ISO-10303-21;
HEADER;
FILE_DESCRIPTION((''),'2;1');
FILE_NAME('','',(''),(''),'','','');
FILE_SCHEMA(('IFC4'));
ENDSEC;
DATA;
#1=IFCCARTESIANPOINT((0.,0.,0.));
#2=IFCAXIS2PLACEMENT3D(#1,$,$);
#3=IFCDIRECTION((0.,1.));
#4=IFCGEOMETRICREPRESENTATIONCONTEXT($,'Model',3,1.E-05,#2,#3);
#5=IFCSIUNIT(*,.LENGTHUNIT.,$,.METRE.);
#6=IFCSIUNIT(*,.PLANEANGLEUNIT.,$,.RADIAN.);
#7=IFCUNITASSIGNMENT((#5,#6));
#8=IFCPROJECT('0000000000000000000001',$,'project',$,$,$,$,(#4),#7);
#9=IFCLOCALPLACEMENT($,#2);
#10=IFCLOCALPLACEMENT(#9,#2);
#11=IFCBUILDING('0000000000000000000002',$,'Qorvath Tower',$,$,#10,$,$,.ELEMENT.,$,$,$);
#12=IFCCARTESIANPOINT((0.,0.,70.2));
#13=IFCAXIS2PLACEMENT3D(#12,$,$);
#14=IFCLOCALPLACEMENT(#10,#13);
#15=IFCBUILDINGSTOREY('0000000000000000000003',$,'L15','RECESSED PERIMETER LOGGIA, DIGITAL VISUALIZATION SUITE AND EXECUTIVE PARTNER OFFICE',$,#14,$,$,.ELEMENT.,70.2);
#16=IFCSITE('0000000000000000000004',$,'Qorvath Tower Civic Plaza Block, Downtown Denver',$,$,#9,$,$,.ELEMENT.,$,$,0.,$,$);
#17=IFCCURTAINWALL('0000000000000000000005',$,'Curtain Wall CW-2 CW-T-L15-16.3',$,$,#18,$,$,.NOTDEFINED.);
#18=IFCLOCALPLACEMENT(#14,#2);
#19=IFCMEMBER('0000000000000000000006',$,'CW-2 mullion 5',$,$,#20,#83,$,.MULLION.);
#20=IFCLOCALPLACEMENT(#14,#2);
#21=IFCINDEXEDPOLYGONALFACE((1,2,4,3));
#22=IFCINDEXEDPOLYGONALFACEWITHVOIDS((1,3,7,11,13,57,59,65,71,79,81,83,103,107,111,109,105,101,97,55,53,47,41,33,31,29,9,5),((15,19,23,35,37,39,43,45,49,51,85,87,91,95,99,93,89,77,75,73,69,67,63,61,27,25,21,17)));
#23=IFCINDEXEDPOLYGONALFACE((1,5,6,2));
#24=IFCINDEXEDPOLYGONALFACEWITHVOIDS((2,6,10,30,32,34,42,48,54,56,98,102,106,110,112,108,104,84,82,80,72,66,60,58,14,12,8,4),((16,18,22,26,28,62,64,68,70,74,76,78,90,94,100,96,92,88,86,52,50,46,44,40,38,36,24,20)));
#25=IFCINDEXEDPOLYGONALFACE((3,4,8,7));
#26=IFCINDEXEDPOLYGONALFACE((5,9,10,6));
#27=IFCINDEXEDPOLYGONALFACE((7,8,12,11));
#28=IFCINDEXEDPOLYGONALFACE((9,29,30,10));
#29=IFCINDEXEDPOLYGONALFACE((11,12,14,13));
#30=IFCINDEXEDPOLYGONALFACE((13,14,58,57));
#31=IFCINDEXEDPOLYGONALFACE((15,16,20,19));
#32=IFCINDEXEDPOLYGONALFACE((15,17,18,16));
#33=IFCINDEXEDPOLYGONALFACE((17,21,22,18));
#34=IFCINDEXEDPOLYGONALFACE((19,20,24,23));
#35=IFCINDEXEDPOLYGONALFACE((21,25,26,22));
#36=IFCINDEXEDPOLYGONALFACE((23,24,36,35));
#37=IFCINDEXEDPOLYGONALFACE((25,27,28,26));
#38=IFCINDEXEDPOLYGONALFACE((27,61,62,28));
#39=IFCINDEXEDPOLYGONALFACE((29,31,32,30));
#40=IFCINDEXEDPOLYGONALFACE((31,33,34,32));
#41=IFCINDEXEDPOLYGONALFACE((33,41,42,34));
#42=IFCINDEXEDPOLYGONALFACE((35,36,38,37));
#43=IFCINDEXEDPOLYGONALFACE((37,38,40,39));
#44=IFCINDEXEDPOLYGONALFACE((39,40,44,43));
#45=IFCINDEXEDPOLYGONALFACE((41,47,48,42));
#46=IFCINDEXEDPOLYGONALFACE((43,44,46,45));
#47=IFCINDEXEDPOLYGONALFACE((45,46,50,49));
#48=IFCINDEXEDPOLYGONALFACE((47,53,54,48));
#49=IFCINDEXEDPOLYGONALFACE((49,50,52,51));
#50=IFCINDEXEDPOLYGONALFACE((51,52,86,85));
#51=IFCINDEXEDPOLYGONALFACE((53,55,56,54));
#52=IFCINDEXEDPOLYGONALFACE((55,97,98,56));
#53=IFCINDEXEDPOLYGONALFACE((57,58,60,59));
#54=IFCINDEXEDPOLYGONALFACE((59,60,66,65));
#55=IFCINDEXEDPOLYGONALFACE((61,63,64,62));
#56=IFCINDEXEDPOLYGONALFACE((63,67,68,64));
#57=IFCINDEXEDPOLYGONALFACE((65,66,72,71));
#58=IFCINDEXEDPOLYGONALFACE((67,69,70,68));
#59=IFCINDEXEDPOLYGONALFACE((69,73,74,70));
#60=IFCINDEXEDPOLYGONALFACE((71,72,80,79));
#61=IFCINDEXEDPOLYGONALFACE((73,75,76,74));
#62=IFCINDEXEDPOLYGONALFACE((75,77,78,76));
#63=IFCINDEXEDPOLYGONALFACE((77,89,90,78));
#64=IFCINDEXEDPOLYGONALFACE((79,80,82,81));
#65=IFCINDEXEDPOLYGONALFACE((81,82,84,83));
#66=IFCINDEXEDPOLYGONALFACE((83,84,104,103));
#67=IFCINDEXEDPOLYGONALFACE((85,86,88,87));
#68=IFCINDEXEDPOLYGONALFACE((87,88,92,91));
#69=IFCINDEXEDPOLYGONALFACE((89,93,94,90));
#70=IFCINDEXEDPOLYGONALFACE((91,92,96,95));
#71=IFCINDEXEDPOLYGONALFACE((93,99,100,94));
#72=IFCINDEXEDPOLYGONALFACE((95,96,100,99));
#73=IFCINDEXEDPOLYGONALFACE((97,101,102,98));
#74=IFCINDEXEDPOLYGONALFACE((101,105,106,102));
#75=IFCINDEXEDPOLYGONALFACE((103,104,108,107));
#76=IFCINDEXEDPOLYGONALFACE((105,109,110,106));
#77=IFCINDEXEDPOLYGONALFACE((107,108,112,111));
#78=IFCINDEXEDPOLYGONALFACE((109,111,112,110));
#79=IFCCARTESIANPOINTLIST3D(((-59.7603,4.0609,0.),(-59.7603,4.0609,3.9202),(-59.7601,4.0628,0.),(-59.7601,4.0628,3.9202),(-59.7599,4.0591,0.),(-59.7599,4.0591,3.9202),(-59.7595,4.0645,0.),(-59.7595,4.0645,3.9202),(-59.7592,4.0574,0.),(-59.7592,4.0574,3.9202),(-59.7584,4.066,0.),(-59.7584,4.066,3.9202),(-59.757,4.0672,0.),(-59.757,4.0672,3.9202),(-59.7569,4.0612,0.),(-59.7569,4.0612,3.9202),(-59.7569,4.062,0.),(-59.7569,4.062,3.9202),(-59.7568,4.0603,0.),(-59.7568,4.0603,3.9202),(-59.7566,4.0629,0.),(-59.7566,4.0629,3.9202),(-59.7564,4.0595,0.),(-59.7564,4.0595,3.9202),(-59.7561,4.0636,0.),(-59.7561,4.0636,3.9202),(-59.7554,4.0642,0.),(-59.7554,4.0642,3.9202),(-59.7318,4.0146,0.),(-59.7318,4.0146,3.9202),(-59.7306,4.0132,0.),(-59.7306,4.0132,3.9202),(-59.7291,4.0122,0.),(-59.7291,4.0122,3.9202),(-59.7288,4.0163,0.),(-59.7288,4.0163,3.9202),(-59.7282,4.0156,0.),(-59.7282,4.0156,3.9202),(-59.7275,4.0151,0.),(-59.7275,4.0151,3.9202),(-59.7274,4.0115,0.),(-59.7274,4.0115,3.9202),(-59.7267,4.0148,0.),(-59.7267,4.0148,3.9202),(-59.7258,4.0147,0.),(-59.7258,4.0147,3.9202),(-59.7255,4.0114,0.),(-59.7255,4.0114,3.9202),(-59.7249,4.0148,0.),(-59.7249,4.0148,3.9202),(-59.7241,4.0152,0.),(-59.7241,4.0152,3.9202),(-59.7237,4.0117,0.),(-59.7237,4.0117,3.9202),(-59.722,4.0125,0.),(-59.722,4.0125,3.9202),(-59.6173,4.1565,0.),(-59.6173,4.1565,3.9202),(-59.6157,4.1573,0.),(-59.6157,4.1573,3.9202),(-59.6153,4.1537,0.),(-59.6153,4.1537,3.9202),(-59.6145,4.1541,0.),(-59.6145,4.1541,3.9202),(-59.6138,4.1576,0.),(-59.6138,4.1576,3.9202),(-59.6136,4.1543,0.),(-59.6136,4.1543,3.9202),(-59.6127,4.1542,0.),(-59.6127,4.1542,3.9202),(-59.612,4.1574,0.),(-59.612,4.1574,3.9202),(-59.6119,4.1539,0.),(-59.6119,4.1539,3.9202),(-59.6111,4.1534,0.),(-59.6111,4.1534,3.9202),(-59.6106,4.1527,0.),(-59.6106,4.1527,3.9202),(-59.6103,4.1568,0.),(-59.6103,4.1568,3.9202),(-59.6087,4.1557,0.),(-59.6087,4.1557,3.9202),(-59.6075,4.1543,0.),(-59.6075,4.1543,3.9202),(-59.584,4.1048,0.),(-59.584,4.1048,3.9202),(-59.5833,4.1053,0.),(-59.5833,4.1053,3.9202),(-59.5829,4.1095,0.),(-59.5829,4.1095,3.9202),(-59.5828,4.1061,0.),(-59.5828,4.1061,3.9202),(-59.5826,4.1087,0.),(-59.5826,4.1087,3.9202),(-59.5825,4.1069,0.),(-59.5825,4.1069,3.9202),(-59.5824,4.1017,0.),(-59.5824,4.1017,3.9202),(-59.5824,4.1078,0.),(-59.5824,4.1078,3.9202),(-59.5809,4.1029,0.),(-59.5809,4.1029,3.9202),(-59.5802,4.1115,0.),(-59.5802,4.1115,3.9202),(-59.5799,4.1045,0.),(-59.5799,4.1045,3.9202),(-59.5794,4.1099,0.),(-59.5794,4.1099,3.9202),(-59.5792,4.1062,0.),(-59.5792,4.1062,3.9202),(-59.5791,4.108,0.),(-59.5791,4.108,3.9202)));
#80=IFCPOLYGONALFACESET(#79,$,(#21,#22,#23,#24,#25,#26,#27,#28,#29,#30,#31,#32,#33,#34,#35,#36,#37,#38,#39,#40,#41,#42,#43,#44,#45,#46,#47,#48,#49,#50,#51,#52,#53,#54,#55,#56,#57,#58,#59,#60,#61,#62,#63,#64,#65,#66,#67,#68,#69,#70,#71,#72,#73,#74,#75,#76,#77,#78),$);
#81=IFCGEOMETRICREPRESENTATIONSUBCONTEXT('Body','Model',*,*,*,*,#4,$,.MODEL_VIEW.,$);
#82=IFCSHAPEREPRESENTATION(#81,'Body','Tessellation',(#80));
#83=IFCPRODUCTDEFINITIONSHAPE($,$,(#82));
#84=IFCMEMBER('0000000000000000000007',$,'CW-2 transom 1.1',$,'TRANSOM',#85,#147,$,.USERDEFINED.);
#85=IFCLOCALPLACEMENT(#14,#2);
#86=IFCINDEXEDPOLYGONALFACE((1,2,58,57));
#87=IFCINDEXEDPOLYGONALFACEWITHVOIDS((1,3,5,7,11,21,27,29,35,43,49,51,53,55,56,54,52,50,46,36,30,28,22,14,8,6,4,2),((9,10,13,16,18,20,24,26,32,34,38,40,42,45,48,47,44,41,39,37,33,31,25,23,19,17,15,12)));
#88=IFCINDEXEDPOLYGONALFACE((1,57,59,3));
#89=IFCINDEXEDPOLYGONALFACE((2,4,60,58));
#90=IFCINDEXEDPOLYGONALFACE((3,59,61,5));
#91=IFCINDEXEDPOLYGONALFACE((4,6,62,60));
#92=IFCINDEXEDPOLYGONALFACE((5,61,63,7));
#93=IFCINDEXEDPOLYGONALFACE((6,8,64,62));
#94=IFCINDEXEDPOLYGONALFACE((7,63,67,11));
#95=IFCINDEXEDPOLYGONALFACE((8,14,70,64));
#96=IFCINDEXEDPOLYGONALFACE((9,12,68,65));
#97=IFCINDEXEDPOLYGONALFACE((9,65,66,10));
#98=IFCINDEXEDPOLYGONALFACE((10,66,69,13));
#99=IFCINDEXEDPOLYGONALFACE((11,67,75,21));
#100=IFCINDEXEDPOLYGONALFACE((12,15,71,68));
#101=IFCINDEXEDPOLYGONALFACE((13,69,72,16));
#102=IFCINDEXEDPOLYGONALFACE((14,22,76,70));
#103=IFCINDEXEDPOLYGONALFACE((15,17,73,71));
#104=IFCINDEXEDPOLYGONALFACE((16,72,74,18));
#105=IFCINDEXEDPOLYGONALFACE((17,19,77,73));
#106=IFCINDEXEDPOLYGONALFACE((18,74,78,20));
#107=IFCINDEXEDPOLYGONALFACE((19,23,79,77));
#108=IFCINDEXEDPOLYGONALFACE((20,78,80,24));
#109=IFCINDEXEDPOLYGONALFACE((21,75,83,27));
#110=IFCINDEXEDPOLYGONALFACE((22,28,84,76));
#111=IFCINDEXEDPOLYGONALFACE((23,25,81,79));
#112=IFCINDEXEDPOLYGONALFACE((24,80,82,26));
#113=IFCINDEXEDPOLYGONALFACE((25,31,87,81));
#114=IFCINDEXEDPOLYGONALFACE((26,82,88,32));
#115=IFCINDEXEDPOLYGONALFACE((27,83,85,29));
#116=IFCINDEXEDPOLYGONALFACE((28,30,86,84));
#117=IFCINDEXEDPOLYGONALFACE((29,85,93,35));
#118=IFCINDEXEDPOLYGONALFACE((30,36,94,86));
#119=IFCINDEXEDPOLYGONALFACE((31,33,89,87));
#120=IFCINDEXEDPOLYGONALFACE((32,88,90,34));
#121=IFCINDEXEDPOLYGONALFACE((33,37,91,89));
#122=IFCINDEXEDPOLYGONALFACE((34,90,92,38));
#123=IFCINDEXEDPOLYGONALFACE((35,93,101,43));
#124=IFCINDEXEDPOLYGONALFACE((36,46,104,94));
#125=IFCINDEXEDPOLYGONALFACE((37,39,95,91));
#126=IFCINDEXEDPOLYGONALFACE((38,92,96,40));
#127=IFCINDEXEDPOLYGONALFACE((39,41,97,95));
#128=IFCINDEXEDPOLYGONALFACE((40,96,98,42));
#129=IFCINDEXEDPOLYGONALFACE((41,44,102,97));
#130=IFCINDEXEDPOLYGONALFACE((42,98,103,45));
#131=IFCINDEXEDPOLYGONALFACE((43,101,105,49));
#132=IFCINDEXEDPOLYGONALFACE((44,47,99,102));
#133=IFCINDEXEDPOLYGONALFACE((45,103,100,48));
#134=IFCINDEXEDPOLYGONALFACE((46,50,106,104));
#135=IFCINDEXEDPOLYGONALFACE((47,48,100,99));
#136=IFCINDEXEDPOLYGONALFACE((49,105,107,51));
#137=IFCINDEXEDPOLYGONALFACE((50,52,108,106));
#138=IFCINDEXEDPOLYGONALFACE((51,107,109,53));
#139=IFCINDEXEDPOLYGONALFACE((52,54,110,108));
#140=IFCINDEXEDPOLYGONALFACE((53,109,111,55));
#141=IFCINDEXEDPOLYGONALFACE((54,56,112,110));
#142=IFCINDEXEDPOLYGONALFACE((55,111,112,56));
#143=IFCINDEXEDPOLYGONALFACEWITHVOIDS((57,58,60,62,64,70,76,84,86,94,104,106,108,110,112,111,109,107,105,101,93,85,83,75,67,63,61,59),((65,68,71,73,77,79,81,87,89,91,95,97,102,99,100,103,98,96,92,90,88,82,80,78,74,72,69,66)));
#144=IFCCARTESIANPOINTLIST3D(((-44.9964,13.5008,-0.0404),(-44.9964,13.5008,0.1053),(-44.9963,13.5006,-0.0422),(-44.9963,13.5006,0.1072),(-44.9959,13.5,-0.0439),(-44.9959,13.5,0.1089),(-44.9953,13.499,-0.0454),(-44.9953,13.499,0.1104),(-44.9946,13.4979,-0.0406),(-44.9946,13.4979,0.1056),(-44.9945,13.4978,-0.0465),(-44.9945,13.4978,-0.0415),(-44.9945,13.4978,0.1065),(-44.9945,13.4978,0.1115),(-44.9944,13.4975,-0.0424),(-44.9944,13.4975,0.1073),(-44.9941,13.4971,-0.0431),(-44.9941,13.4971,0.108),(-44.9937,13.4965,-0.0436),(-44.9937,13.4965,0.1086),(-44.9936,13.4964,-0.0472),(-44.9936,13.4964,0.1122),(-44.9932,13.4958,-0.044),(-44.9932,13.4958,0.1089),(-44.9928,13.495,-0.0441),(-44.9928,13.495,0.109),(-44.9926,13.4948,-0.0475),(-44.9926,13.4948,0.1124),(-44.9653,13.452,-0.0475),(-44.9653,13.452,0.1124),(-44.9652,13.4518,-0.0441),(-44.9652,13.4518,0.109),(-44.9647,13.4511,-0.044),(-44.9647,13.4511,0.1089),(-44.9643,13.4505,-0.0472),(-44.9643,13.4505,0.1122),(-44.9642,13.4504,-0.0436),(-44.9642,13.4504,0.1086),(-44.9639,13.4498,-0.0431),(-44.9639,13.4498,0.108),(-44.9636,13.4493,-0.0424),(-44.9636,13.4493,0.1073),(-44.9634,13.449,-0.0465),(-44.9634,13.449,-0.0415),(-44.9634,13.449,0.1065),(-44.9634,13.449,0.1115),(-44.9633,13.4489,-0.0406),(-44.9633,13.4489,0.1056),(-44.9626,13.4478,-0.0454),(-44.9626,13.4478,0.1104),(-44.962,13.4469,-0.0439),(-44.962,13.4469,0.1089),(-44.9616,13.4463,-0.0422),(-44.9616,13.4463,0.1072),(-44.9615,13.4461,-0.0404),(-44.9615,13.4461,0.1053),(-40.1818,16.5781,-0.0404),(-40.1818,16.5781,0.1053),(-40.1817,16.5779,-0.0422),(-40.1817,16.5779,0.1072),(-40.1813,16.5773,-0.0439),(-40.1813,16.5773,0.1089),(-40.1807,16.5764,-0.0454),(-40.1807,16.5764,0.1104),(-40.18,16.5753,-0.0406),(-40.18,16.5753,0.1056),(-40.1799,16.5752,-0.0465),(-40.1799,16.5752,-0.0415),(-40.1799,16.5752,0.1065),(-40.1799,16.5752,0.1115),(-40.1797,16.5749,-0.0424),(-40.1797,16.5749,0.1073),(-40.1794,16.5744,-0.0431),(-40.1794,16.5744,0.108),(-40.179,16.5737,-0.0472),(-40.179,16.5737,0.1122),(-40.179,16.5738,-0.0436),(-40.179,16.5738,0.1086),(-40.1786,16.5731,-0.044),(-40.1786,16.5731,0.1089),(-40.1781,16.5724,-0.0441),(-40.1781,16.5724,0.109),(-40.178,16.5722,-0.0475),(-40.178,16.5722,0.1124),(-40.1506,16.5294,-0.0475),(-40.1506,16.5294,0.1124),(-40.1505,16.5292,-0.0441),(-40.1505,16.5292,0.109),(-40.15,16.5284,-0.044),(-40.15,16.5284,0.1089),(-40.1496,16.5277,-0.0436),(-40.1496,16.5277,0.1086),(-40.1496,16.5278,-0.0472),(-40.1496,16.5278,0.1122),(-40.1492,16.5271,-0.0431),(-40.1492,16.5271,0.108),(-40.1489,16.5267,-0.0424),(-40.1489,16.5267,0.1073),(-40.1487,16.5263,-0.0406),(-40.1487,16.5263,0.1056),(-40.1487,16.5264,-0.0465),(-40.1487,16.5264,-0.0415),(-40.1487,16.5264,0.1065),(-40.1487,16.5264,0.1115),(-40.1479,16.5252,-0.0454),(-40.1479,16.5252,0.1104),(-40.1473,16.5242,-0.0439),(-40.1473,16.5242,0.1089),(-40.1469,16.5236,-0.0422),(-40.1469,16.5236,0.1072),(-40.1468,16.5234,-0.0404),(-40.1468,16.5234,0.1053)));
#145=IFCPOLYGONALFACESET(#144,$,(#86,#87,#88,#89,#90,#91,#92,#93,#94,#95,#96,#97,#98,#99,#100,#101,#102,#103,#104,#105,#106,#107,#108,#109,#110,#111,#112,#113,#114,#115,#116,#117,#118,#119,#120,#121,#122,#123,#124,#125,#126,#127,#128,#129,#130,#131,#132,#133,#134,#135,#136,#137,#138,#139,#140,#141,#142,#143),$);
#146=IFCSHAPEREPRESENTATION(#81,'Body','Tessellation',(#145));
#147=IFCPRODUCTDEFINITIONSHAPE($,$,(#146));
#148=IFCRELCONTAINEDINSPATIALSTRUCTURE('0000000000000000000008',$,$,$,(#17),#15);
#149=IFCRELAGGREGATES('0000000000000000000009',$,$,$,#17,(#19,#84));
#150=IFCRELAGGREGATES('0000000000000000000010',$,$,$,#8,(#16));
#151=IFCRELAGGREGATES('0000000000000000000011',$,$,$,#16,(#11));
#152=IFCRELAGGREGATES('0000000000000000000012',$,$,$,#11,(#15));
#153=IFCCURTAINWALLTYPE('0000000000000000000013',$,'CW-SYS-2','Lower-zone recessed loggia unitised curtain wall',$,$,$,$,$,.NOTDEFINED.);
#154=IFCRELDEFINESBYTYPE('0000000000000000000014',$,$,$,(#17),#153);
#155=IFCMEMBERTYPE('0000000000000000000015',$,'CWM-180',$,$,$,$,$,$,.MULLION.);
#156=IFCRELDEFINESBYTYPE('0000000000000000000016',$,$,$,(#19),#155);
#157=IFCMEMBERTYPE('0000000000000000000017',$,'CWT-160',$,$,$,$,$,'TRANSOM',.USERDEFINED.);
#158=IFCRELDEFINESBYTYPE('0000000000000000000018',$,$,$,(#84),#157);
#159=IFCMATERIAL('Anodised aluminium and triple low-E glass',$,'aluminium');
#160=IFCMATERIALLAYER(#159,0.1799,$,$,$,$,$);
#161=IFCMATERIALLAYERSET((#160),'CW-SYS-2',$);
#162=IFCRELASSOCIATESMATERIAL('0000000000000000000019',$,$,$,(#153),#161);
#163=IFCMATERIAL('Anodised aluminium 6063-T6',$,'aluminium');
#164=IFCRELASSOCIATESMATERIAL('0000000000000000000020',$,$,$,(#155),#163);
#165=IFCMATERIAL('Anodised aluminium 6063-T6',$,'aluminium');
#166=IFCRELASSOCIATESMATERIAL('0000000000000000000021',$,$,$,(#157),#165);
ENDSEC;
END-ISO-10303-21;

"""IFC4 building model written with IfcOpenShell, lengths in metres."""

from ifc_helpers import new_model, si_unit, direction, frame, origin, origin_2d, place, context, subcontext, project, spatial, hollow_rectangle, extrude, material, layer, layer_set, material_profile, profile_set, type_object, element, aggregate, save


model = new_model("IFC4")

# Units and contexts
model_context = context("Model", 3, precision=1e-05, world=origin(), true_north=direction((0.0, 1.0)))
body_context = subcontext(model_context, "Body", "Model", "MODEL_VIEW")
ifc_project = project(units=[si_unit("LENGTHUNIT", "METRE"), si_unit("PLANEANGLEUNIT", "RADIAN")], contexts=[model_context])

# Site, building, storey
site_placement = place(None, origin())
site = spatial("IfcSite", under=ifc_project, at=site_placement, Name="Qorvath Tower Civic Plaza Block, Downtown Denver", CompositionType="ELEMENT", RefElevation=0.0)
building_placement = place(site_placement, origin())
building = spatial("IfcBuilding", under=site, at=building_placement, Name="Qorvath Tower", CompositionType="ELEMENT")
storey_placement = place(building_placement, frame((0.0, 0.0, 70.2)))
storey = spatial("IfcBuildingStorey", under=building, at=storey_placement, Name="L15", Description="RECESSED PERIMETER LOGGIA, DIGITAL VISUALIZATION SUITE AND EXECUTIVE PARTNER OFFICE", CompositionType="ELEMENT", Elevation=70.2)

# Shared definitions
ifc_material_1 = material(Name="Anodised aluminium and triple low-E glass", Category="aluminium")
ifc_layer_1 = layer(ifc_material_1, 0.1799)
ifc_layer_set_1 = layer_set([ifc_layer_1], Name="CW-SYS-2")
curtain_wall_type = type_object("IfcCurtainWallType", Name="CW-SYS-2", Description="Lower-zone recessed loggia unitised curtain wall", PredefinedType="NOTDEFINED", material=ifc_layer_set_1)
ifc_material_2 = material(Name="Anodised aluminium 6063-T6", Category="aluminium")
ifc_material_profile_1 = material_profile(ifc_material_2, hollow_rectangle(XDim=0.0649, YDim=0.1799, WallThickness=0.0034, InnerFilletRadius=0.0034, OuterFilletRadius=0.0071, at=origin_2d()), Name="CWM 180x65")
ifc_profile_set_1 = profile_set([ifc_material_profile_1], Name="Anodised aluminium 6063-T6")
member_type_1 = type_object("IfcMemberType", Name="CWM-180", PredefinedType="MULLION", material=ifc_profile_set_1)

# Curtain wall, members
curtain_wall_1_placement = place(storey_placement, origin())
curtain_wall_1 = element("IfcCurtainWall", 1, at=curtain_wall_1_placement, inside=storey, type_object=curtain_wall_type, Name="Curtain Wall CW-2 CW-T-L15-16.3", PredefinedType="NOTDEFINED")
member_1_placement = place(storey_placement, frame((-59.6697, 4.0845, 0.0), z_axis=(0.0, 0.0, 1.0), x_axis=(0.538531, -0.842606, 0.0)))
member_1 = element("IfcMember", 2, at=member_1_placement, type_object=member_type_1, Name="CW-2 mullion 5", PredefinedType="MULLION", context=body_context, shape_type="SweptSolid", body=[
    extrude(hollow_rectangle(XDim=0.0649, YDim=0.1799, WallThickness=0.0034, InnerFilletRadius=0.0034, OuterFilletRadius=0.0071, at=origin_2d()), origin(), (0.0, 0.0, 1.0), 3.9202),
])
ifc_material_3 = material(Name="Anodised aluminium 6063-T6", Category="aluminium")
ifc_material_profile_2 = material_profile(ifc_material_3, hollow_rectangle(XDim=0.0649, YDim=0.1599, WallThickness=0.0034, InnerFilletRadius=0.0034, OuterFilletRadius=0.0071, at=origin_2d()), Name="CWT 160x65")
ifc_profile_set_2 = profile_set([ifc_material_profile_2], Name="Anodised aluminium 6063-T6")
member_type_2 = type_object("IfcMemberType", Name="CWT-160", ElementType="TRANSOM", PredefinedType="USERDEFINED", material=ifc_profile_set_2)
member_2_placement = place(storey_placement, frame((-40.1643, 16.5508, 0.0325), z_axis=(-0.84259, -0.538555, 0.0), x_axis=(0.538555, -0.84259, 0.0)))
member_2 = element("IfcMember", 3, at=member_2_placement, type_object=member_type_2, Name="CW-2 transom 1.1", ObjectType="TRANSOM", PredefinedType="USERDEFINED", context=body_context, shape_type="SweptSolid", body=[
    extrude(hollow_rectangle(XDim=0.0649, YDim=0.1599, WallThickness=0.0034, InnerFilletRadius=0.0034, OuterFilletRadius=0.0071, at=origin_2d()), origin(), (0.0, 0.0, 1.0), 5.7141),
])
aggregate(curtain_wall_1, [member_1, member_2])

save(model, "model.ifc")
